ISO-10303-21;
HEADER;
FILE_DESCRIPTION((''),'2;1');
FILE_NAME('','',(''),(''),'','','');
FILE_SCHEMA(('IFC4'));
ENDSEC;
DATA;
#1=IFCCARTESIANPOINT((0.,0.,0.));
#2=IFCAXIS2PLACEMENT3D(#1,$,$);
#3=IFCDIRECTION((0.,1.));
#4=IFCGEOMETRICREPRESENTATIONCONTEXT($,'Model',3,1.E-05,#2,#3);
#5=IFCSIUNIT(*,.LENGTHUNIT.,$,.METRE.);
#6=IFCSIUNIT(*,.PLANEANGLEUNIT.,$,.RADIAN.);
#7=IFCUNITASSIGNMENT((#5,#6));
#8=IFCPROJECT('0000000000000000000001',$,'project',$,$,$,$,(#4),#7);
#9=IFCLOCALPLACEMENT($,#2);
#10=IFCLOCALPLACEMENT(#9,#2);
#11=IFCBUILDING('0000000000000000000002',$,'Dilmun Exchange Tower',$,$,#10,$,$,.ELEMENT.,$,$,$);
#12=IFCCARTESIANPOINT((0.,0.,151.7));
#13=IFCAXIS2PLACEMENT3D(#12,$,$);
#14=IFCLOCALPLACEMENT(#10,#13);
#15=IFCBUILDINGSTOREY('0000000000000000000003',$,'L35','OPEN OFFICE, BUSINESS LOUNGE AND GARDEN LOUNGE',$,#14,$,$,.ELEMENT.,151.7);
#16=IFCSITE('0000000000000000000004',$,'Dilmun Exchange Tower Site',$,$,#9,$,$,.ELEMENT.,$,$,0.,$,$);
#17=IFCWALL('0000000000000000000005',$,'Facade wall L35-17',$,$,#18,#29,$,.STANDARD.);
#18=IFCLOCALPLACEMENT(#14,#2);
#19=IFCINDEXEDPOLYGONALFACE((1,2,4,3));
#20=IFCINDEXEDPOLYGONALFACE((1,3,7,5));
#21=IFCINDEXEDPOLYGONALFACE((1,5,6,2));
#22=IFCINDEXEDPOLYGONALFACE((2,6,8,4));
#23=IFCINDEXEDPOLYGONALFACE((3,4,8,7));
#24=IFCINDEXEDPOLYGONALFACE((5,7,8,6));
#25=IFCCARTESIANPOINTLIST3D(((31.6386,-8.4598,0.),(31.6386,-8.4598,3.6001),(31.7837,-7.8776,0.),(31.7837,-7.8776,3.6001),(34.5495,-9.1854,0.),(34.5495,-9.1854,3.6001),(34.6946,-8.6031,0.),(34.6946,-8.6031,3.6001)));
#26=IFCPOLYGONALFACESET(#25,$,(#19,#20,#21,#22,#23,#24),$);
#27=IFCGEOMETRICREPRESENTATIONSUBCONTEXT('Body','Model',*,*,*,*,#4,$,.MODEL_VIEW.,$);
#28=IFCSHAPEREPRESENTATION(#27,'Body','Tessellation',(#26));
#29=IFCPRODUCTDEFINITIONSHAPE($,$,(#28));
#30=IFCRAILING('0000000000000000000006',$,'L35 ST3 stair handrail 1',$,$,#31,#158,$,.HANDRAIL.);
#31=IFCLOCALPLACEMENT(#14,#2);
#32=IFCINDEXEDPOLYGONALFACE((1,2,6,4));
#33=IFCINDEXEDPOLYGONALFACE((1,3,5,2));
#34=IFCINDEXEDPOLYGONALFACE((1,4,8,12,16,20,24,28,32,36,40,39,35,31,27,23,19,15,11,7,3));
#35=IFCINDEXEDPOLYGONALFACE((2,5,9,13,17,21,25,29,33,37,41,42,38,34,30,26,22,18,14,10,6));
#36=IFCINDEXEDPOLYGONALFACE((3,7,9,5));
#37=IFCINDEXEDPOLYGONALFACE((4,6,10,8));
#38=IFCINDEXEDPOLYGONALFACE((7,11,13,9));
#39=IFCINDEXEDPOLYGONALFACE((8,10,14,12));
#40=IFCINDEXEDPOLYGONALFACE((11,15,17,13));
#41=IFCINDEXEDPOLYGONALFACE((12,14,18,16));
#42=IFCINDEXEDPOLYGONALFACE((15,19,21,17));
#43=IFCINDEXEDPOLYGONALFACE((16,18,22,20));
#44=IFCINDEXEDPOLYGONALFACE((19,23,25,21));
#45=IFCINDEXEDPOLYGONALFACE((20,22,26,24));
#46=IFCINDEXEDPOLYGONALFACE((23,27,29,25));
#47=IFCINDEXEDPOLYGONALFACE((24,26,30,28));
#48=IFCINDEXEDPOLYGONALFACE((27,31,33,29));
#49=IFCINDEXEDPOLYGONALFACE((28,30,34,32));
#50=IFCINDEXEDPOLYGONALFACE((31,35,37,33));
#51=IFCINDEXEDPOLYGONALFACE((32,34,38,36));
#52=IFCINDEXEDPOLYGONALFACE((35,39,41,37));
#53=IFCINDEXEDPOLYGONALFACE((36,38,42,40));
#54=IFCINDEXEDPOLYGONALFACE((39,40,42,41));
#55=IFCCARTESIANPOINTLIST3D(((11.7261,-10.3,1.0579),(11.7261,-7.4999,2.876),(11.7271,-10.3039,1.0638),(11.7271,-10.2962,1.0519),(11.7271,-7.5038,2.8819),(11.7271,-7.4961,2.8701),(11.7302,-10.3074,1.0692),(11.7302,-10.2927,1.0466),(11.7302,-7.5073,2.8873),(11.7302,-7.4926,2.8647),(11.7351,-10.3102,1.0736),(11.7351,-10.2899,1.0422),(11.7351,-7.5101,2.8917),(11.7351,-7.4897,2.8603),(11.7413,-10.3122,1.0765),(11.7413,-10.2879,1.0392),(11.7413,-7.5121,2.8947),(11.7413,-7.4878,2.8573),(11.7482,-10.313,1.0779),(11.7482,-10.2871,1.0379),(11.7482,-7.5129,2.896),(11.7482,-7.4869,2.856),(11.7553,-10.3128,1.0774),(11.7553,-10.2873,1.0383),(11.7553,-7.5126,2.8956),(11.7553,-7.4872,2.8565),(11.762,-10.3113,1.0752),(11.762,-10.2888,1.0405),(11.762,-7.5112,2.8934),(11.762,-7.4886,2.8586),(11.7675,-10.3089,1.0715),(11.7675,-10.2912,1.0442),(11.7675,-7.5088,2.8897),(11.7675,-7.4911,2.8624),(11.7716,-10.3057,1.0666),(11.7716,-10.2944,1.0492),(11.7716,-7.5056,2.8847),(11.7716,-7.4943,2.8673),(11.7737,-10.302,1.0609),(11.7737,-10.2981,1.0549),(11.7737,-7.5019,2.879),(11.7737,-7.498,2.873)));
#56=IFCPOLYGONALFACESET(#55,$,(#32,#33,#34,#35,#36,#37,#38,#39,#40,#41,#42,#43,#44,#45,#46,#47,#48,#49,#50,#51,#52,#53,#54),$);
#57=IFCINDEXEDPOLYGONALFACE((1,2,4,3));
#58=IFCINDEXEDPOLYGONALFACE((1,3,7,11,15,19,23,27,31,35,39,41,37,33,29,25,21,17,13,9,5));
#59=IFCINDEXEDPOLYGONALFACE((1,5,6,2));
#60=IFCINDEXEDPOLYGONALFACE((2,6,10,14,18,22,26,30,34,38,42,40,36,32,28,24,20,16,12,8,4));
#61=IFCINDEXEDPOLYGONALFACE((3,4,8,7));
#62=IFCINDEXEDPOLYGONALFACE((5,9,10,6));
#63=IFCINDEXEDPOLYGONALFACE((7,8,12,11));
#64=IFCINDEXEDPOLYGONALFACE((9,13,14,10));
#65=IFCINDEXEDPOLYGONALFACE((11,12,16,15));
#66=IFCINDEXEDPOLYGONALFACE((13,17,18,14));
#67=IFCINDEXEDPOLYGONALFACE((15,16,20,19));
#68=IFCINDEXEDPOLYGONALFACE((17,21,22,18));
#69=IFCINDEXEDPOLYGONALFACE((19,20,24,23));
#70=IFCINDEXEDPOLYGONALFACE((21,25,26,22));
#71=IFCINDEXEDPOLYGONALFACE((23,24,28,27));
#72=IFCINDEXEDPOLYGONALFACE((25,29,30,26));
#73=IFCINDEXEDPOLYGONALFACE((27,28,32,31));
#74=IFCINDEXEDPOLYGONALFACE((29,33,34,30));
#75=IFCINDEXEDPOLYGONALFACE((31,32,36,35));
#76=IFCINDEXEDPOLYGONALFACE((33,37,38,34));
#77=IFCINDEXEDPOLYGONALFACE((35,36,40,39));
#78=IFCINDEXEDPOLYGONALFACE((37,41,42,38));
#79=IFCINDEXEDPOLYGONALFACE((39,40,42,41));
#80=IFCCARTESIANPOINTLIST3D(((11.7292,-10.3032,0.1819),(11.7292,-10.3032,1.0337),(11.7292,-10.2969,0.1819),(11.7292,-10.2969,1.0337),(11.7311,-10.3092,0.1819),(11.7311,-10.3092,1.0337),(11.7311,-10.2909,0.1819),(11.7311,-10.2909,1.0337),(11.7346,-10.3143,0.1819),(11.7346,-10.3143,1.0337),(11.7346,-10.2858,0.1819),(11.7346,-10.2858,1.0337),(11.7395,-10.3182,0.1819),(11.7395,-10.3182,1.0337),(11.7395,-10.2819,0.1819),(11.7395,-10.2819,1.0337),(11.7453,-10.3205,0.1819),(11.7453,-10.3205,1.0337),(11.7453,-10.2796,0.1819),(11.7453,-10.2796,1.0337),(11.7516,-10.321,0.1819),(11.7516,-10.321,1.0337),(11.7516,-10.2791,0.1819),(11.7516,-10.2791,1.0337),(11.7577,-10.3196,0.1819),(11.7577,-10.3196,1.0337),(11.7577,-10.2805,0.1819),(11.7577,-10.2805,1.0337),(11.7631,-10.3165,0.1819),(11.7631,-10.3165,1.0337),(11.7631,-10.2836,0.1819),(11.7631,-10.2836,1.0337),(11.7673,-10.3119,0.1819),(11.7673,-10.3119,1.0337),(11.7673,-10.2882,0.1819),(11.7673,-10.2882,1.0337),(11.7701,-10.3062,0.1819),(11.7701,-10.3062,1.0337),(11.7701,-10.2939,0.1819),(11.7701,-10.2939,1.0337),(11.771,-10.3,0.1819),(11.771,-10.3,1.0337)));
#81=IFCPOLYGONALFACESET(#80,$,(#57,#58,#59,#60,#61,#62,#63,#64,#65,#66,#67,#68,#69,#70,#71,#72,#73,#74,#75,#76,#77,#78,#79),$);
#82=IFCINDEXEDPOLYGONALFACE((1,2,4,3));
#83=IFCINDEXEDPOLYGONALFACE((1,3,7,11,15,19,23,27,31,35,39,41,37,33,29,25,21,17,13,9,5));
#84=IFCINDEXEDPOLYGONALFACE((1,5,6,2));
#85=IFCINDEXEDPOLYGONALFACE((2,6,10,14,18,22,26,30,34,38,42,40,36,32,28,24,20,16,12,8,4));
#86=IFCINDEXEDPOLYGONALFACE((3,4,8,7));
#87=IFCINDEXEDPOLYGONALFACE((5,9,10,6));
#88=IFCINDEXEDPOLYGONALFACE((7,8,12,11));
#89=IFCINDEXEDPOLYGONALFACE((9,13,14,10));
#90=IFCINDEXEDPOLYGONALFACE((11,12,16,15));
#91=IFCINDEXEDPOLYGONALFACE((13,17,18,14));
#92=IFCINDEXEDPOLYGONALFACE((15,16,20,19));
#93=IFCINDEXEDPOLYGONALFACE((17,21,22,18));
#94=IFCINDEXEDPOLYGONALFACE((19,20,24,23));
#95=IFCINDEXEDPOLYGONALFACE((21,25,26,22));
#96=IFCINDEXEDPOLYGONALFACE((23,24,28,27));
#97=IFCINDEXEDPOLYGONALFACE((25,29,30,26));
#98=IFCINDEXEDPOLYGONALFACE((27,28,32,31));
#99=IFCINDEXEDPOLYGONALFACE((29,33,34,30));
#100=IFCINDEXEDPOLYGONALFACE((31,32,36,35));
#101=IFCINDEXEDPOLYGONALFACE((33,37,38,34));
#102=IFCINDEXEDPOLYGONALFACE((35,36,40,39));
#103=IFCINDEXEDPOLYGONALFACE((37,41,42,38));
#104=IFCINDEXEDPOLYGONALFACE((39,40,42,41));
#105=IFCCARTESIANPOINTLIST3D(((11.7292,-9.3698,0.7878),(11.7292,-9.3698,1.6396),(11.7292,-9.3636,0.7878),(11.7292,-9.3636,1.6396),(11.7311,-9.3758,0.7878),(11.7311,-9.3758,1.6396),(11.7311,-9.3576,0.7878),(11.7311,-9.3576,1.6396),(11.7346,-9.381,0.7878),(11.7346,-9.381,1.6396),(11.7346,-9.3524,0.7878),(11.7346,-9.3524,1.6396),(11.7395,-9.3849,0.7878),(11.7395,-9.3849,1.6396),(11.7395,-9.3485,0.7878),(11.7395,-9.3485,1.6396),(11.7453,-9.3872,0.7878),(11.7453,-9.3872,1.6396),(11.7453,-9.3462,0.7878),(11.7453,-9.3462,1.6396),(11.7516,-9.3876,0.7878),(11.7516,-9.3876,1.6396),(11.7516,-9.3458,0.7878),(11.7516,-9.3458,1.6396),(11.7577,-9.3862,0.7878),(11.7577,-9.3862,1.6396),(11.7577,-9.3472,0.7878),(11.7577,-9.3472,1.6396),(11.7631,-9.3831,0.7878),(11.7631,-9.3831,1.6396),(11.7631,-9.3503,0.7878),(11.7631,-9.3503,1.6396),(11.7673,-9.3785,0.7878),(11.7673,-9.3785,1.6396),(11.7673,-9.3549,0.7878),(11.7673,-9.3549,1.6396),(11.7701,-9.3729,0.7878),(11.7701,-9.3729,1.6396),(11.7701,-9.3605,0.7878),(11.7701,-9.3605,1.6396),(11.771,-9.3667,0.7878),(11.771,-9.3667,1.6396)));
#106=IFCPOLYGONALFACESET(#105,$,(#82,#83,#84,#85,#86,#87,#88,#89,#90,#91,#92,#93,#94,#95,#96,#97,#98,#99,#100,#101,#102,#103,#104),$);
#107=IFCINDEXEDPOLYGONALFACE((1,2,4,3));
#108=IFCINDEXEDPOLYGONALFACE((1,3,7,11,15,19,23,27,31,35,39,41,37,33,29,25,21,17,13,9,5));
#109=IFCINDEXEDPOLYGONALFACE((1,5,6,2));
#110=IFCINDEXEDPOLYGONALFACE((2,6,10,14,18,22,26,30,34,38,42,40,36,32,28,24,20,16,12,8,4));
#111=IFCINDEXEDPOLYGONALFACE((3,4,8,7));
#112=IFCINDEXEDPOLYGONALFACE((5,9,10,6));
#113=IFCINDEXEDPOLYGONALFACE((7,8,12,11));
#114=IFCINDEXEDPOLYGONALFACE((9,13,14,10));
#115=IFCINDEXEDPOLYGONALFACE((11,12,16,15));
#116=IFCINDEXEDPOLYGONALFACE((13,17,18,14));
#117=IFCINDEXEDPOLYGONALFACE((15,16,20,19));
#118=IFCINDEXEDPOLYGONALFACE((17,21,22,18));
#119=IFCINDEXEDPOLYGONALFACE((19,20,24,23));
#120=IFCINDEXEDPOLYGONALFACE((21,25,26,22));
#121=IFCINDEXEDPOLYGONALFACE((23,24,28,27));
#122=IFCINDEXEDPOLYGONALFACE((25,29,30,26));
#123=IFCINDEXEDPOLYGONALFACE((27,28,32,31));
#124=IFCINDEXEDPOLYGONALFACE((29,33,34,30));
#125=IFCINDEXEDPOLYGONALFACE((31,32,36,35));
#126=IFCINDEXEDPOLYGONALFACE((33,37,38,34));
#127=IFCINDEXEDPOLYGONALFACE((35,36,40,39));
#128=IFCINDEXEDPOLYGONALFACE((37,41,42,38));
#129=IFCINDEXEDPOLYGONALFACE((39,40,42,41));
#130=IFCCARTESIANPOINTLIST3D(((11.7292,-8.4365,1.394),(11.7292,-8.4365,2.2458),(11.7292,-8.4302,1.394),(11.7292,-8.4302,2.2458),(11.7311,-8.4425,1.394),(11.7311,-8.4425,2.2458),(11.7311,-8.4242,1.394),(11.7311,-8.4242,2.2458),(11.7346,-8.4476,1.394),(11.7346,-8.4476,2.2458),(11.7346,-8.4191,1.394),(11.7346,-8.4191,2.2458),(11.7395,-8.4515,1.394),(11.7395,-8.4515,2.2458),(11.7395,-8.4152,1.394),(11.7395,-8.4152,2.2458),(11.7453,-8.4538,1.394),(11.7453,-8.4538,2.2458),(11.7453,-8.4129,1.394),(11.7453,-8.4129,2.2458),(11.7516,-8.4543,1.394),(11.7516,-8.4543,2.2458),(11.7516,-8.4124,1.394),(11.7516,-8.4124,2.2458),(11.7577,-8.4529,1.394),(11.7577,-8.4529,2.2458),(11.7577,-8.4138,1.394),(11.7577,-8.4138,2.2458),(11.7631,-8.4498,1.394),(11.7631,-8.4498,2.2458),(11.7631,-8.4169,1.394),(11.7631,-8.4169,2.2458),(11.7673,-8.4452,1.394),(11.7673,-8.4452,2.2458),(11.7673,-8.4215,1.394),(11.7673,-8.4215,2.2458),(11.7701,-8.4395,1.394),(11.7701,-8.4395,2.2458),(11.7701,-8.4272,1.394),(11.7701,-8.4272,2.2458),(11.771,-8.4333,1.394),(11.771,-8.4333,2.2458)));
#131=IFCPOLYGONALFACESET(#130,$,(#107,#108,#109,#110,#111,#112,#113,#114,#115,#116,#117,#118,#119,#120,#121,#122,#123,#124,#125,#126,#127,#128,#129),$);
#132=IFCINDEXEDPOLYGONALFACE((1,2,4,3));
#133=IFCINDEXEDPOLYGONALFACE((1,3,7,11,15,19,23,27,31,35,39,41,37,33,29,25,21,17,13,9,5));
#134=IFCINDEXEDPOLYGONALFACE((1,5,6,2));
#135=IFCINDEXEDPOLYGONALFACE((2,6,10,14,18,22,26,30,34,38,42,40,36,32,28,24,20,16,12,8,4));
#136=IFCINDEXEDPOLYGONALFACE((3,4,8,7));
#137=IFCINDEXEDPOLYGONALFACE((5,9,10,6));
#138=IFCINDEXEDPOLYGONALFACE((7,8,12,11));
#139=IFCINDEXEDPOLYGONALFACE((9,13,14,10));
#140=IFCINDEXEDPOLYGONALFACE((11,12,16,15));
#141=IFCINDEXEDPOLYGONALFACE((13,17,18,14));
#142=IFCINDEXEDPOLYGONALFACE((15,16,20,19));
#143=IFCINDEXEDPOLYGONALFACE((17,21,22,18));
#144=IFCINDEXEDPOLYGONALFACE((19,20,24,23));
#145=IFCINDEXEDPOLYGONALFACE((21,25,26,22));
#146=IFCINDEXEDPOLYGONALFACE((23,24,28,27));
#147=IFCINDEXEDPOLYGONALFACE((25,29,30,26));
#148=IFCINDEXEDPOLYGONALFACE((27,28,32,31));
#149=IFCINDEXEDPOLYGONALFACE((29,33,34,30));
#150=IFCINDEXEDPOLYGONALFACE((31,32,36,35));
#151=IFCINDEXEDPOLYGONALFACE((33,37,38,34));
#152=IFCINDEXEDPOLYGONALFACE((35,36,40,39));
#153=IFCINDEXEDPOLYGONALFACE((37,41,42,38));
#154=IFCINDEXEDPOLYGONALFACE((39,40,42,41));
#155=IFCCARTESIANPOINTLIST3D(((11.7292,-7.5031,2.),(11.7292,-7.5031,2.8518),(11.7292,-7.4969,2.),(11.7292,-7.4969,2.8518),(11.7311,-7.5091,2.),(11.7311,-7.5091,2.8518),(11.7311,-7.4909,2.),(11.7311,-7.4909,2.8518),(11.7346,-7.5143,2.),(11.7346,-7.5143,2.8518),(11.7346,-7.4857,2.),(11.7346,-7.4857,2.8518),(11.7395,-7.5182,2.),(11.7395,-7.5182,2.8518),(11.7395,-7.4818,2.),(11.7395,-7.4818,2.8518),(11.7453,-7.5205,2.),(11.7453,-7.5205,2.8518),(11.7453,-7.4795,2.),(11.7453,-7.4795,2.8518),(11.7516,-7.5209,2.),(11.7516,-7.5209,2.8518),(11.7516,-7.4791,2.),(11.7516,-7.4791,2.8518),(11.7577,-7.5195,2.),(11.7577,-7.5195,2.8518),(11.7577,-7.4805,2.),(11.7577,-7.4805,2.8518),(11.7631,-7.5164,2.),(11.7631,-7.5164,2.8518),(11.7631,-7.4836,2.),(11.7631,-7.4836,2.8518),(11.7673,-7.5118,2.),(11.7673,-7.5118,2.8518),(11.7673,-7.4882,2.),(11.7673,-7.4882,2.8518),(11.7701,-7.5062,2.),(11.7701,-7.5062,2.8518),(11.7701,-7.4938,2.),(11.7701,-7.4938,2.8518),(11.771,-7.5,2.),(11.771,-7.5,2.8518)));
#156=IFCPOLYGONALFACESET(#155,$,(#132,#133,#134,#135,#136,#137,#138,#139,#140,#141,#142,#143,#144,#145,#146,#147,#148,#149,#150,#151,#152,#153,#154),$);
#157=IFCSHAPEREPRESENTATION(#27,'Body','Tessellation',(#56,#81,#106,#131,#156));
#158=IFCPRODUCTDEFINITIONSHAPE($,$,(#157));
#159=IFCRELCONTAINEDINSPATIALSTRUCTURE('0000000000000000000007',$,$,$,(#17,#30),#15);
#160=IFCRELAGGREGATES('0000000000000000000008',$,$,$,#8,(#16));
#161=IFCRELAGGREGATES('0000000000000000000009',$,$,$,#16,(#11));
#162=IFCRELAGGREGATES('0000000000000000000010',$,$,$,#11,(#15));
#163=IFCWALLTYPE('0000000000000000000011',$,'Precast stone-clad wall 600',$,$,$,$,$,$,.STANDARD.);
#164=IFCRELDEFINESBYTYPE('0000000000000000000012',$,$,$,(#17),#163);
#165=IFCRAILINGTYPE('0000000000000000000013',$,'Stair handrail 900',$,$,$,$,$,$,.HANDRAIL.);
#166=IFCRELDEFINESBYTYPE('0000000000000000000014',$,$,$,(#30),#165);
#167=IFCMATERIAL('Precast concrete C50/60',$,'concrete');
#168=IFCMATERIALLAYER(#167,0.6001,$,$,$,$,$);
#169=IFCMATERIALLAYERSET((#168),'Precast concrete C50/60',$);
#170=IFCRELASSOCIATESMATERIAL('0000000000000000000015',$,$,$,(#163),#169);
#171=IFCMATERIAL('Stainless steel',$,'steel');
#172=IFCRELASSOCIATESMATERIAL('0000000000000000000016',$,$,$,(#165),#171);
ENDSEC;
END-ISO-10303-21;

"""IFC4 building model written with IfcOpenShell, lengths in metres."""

from ifc_helpers import new_model, si_unit, direction, frame, frame_2d, origin, origin_2d, place, context, subcontext, project, spatial, rectangle, circle, extrude, material, layer, layer_set, type_object, element, save


model = new_model("IFC4")

# Units and contexts
model_context = context("Model", 3, precision=1e-05, world=origin(), true_north=direction((0.0, 1.0)))
body_context = subcontext(model_context, "Body", "Model", "MODEL_VIEW")
ifc_project = project(units=[si_unit("LENGTHUNIT", "METRE"), si_unit("PLANEANGLEUNIT", "RADIAN")], contexts=[model_context])

# Site, building, storey
site_placement = place(None, origin())
site = spatial("IfcSite", under=ifc_project, at=site_placement, Name="Dilmun Exchange Tower Site", CompositionType="ELEMENT", RefElevation=0.0)
building_placement = place(site_placement, origin())
building = spatial("IfcBuilding", under=site, at=building_placement, Name="Dilmun Exchange Tower", CompositionType="ELEMENT")
storey_placement = place(building_placement, frame((0.0, 0.0, 151.7)))
storey = spatial("IfcBuildingStorey", under=building, at=storey_placement, Name="L35", Description="OPEN OFFICE, BUSINESS LOUNGE AND GARDEN LOUNGE", CompositionType="ELEMENT", Elevation=151.7)

# Wall
ifc_material_1 = material(Name="Precast concrete C50/60", Category="concrete")
ifc_layer_1 = layer(ifc_material_1, 0.6001)
ifc_layer_set_1 = layer_set([ifc_layer_1], Name="Precast concrete C50/60")
wall_type_1 = type_object("IfcWallType", Name="Precast stone-clad wall 600", PredefinedType="STANDARD", material=ifc_layer_set_1)
wall_1_placement = place(storey_placement, frame((34.6221, -8.8943, 0.0), z_axis=(0.0, 0.0, 1.0), x_axis=(-0.97031, 0.241865, 0.0)))
element("IfcWall", 1, at=wall_1_placement, inside=storey, type_object=wall_type_1, Name="Facade wall L35-17", PredefinedType="STANDARD", context=body_context, shape_type="SweptSolid", body=[
    extrude(rectangle(XDim=3.0, YDim=0.6001, at=frame_2d((1.5, 0.0))), origin(), (0.0, 0.0, 1.0), 3.6001),
])

# Railing
ifc_material_2 = material(Name="Stainless steel", Category="steel")
railing_type = type_object("IfcRailingType", Name="Stair handrail 900", PredefinedType="HANDRAIL", material=ifc_material_2)
railing_placement = place(storey_placement, frame((11.75, -10.3, 0.1819)))
element("IfcRailing", 2, at=railing_placement, inside=storey, type_object=railing_type, Name="L35 ST3 stair handrail 1", PredefinedType="HANDRAIL", context=body_context, shape_type="SweptSolid", body=[
    extrude(circle(Radius=0.0239, at=origin_2d()), frame((0.0, 0.0, 0.876), z_axis=(0.0, 0.838706, 0.544585), x_axis=(-1.0, 0.0, 0.0)), (0.0, 0.0, 1.0), 3.3386),
    extrude(circle(Radius=0.021, at=origin_2d()), origin(), (0.0, 0.0, 1.0), 0.8518),
    extrude(circle(Radius=0.021, at=origin_2d()), frame((0.0, 0.9333, 0.606)), (0.0, 0.0, 1.0), 0.8518),
    extrude(circle(Radius=0.021, at=origin_2d()), frame((0.0, 1.8667, 1.2122)), (0.0, 0.0, 1.0), 0.8518),
    extrude(circle(Radius=0.021, at=origin_2d()), frame((0.0, 2.8, 1.8181)), (0.0, 0.0, 1.0), 0.8518),
])

save(model, "model.ifc")
